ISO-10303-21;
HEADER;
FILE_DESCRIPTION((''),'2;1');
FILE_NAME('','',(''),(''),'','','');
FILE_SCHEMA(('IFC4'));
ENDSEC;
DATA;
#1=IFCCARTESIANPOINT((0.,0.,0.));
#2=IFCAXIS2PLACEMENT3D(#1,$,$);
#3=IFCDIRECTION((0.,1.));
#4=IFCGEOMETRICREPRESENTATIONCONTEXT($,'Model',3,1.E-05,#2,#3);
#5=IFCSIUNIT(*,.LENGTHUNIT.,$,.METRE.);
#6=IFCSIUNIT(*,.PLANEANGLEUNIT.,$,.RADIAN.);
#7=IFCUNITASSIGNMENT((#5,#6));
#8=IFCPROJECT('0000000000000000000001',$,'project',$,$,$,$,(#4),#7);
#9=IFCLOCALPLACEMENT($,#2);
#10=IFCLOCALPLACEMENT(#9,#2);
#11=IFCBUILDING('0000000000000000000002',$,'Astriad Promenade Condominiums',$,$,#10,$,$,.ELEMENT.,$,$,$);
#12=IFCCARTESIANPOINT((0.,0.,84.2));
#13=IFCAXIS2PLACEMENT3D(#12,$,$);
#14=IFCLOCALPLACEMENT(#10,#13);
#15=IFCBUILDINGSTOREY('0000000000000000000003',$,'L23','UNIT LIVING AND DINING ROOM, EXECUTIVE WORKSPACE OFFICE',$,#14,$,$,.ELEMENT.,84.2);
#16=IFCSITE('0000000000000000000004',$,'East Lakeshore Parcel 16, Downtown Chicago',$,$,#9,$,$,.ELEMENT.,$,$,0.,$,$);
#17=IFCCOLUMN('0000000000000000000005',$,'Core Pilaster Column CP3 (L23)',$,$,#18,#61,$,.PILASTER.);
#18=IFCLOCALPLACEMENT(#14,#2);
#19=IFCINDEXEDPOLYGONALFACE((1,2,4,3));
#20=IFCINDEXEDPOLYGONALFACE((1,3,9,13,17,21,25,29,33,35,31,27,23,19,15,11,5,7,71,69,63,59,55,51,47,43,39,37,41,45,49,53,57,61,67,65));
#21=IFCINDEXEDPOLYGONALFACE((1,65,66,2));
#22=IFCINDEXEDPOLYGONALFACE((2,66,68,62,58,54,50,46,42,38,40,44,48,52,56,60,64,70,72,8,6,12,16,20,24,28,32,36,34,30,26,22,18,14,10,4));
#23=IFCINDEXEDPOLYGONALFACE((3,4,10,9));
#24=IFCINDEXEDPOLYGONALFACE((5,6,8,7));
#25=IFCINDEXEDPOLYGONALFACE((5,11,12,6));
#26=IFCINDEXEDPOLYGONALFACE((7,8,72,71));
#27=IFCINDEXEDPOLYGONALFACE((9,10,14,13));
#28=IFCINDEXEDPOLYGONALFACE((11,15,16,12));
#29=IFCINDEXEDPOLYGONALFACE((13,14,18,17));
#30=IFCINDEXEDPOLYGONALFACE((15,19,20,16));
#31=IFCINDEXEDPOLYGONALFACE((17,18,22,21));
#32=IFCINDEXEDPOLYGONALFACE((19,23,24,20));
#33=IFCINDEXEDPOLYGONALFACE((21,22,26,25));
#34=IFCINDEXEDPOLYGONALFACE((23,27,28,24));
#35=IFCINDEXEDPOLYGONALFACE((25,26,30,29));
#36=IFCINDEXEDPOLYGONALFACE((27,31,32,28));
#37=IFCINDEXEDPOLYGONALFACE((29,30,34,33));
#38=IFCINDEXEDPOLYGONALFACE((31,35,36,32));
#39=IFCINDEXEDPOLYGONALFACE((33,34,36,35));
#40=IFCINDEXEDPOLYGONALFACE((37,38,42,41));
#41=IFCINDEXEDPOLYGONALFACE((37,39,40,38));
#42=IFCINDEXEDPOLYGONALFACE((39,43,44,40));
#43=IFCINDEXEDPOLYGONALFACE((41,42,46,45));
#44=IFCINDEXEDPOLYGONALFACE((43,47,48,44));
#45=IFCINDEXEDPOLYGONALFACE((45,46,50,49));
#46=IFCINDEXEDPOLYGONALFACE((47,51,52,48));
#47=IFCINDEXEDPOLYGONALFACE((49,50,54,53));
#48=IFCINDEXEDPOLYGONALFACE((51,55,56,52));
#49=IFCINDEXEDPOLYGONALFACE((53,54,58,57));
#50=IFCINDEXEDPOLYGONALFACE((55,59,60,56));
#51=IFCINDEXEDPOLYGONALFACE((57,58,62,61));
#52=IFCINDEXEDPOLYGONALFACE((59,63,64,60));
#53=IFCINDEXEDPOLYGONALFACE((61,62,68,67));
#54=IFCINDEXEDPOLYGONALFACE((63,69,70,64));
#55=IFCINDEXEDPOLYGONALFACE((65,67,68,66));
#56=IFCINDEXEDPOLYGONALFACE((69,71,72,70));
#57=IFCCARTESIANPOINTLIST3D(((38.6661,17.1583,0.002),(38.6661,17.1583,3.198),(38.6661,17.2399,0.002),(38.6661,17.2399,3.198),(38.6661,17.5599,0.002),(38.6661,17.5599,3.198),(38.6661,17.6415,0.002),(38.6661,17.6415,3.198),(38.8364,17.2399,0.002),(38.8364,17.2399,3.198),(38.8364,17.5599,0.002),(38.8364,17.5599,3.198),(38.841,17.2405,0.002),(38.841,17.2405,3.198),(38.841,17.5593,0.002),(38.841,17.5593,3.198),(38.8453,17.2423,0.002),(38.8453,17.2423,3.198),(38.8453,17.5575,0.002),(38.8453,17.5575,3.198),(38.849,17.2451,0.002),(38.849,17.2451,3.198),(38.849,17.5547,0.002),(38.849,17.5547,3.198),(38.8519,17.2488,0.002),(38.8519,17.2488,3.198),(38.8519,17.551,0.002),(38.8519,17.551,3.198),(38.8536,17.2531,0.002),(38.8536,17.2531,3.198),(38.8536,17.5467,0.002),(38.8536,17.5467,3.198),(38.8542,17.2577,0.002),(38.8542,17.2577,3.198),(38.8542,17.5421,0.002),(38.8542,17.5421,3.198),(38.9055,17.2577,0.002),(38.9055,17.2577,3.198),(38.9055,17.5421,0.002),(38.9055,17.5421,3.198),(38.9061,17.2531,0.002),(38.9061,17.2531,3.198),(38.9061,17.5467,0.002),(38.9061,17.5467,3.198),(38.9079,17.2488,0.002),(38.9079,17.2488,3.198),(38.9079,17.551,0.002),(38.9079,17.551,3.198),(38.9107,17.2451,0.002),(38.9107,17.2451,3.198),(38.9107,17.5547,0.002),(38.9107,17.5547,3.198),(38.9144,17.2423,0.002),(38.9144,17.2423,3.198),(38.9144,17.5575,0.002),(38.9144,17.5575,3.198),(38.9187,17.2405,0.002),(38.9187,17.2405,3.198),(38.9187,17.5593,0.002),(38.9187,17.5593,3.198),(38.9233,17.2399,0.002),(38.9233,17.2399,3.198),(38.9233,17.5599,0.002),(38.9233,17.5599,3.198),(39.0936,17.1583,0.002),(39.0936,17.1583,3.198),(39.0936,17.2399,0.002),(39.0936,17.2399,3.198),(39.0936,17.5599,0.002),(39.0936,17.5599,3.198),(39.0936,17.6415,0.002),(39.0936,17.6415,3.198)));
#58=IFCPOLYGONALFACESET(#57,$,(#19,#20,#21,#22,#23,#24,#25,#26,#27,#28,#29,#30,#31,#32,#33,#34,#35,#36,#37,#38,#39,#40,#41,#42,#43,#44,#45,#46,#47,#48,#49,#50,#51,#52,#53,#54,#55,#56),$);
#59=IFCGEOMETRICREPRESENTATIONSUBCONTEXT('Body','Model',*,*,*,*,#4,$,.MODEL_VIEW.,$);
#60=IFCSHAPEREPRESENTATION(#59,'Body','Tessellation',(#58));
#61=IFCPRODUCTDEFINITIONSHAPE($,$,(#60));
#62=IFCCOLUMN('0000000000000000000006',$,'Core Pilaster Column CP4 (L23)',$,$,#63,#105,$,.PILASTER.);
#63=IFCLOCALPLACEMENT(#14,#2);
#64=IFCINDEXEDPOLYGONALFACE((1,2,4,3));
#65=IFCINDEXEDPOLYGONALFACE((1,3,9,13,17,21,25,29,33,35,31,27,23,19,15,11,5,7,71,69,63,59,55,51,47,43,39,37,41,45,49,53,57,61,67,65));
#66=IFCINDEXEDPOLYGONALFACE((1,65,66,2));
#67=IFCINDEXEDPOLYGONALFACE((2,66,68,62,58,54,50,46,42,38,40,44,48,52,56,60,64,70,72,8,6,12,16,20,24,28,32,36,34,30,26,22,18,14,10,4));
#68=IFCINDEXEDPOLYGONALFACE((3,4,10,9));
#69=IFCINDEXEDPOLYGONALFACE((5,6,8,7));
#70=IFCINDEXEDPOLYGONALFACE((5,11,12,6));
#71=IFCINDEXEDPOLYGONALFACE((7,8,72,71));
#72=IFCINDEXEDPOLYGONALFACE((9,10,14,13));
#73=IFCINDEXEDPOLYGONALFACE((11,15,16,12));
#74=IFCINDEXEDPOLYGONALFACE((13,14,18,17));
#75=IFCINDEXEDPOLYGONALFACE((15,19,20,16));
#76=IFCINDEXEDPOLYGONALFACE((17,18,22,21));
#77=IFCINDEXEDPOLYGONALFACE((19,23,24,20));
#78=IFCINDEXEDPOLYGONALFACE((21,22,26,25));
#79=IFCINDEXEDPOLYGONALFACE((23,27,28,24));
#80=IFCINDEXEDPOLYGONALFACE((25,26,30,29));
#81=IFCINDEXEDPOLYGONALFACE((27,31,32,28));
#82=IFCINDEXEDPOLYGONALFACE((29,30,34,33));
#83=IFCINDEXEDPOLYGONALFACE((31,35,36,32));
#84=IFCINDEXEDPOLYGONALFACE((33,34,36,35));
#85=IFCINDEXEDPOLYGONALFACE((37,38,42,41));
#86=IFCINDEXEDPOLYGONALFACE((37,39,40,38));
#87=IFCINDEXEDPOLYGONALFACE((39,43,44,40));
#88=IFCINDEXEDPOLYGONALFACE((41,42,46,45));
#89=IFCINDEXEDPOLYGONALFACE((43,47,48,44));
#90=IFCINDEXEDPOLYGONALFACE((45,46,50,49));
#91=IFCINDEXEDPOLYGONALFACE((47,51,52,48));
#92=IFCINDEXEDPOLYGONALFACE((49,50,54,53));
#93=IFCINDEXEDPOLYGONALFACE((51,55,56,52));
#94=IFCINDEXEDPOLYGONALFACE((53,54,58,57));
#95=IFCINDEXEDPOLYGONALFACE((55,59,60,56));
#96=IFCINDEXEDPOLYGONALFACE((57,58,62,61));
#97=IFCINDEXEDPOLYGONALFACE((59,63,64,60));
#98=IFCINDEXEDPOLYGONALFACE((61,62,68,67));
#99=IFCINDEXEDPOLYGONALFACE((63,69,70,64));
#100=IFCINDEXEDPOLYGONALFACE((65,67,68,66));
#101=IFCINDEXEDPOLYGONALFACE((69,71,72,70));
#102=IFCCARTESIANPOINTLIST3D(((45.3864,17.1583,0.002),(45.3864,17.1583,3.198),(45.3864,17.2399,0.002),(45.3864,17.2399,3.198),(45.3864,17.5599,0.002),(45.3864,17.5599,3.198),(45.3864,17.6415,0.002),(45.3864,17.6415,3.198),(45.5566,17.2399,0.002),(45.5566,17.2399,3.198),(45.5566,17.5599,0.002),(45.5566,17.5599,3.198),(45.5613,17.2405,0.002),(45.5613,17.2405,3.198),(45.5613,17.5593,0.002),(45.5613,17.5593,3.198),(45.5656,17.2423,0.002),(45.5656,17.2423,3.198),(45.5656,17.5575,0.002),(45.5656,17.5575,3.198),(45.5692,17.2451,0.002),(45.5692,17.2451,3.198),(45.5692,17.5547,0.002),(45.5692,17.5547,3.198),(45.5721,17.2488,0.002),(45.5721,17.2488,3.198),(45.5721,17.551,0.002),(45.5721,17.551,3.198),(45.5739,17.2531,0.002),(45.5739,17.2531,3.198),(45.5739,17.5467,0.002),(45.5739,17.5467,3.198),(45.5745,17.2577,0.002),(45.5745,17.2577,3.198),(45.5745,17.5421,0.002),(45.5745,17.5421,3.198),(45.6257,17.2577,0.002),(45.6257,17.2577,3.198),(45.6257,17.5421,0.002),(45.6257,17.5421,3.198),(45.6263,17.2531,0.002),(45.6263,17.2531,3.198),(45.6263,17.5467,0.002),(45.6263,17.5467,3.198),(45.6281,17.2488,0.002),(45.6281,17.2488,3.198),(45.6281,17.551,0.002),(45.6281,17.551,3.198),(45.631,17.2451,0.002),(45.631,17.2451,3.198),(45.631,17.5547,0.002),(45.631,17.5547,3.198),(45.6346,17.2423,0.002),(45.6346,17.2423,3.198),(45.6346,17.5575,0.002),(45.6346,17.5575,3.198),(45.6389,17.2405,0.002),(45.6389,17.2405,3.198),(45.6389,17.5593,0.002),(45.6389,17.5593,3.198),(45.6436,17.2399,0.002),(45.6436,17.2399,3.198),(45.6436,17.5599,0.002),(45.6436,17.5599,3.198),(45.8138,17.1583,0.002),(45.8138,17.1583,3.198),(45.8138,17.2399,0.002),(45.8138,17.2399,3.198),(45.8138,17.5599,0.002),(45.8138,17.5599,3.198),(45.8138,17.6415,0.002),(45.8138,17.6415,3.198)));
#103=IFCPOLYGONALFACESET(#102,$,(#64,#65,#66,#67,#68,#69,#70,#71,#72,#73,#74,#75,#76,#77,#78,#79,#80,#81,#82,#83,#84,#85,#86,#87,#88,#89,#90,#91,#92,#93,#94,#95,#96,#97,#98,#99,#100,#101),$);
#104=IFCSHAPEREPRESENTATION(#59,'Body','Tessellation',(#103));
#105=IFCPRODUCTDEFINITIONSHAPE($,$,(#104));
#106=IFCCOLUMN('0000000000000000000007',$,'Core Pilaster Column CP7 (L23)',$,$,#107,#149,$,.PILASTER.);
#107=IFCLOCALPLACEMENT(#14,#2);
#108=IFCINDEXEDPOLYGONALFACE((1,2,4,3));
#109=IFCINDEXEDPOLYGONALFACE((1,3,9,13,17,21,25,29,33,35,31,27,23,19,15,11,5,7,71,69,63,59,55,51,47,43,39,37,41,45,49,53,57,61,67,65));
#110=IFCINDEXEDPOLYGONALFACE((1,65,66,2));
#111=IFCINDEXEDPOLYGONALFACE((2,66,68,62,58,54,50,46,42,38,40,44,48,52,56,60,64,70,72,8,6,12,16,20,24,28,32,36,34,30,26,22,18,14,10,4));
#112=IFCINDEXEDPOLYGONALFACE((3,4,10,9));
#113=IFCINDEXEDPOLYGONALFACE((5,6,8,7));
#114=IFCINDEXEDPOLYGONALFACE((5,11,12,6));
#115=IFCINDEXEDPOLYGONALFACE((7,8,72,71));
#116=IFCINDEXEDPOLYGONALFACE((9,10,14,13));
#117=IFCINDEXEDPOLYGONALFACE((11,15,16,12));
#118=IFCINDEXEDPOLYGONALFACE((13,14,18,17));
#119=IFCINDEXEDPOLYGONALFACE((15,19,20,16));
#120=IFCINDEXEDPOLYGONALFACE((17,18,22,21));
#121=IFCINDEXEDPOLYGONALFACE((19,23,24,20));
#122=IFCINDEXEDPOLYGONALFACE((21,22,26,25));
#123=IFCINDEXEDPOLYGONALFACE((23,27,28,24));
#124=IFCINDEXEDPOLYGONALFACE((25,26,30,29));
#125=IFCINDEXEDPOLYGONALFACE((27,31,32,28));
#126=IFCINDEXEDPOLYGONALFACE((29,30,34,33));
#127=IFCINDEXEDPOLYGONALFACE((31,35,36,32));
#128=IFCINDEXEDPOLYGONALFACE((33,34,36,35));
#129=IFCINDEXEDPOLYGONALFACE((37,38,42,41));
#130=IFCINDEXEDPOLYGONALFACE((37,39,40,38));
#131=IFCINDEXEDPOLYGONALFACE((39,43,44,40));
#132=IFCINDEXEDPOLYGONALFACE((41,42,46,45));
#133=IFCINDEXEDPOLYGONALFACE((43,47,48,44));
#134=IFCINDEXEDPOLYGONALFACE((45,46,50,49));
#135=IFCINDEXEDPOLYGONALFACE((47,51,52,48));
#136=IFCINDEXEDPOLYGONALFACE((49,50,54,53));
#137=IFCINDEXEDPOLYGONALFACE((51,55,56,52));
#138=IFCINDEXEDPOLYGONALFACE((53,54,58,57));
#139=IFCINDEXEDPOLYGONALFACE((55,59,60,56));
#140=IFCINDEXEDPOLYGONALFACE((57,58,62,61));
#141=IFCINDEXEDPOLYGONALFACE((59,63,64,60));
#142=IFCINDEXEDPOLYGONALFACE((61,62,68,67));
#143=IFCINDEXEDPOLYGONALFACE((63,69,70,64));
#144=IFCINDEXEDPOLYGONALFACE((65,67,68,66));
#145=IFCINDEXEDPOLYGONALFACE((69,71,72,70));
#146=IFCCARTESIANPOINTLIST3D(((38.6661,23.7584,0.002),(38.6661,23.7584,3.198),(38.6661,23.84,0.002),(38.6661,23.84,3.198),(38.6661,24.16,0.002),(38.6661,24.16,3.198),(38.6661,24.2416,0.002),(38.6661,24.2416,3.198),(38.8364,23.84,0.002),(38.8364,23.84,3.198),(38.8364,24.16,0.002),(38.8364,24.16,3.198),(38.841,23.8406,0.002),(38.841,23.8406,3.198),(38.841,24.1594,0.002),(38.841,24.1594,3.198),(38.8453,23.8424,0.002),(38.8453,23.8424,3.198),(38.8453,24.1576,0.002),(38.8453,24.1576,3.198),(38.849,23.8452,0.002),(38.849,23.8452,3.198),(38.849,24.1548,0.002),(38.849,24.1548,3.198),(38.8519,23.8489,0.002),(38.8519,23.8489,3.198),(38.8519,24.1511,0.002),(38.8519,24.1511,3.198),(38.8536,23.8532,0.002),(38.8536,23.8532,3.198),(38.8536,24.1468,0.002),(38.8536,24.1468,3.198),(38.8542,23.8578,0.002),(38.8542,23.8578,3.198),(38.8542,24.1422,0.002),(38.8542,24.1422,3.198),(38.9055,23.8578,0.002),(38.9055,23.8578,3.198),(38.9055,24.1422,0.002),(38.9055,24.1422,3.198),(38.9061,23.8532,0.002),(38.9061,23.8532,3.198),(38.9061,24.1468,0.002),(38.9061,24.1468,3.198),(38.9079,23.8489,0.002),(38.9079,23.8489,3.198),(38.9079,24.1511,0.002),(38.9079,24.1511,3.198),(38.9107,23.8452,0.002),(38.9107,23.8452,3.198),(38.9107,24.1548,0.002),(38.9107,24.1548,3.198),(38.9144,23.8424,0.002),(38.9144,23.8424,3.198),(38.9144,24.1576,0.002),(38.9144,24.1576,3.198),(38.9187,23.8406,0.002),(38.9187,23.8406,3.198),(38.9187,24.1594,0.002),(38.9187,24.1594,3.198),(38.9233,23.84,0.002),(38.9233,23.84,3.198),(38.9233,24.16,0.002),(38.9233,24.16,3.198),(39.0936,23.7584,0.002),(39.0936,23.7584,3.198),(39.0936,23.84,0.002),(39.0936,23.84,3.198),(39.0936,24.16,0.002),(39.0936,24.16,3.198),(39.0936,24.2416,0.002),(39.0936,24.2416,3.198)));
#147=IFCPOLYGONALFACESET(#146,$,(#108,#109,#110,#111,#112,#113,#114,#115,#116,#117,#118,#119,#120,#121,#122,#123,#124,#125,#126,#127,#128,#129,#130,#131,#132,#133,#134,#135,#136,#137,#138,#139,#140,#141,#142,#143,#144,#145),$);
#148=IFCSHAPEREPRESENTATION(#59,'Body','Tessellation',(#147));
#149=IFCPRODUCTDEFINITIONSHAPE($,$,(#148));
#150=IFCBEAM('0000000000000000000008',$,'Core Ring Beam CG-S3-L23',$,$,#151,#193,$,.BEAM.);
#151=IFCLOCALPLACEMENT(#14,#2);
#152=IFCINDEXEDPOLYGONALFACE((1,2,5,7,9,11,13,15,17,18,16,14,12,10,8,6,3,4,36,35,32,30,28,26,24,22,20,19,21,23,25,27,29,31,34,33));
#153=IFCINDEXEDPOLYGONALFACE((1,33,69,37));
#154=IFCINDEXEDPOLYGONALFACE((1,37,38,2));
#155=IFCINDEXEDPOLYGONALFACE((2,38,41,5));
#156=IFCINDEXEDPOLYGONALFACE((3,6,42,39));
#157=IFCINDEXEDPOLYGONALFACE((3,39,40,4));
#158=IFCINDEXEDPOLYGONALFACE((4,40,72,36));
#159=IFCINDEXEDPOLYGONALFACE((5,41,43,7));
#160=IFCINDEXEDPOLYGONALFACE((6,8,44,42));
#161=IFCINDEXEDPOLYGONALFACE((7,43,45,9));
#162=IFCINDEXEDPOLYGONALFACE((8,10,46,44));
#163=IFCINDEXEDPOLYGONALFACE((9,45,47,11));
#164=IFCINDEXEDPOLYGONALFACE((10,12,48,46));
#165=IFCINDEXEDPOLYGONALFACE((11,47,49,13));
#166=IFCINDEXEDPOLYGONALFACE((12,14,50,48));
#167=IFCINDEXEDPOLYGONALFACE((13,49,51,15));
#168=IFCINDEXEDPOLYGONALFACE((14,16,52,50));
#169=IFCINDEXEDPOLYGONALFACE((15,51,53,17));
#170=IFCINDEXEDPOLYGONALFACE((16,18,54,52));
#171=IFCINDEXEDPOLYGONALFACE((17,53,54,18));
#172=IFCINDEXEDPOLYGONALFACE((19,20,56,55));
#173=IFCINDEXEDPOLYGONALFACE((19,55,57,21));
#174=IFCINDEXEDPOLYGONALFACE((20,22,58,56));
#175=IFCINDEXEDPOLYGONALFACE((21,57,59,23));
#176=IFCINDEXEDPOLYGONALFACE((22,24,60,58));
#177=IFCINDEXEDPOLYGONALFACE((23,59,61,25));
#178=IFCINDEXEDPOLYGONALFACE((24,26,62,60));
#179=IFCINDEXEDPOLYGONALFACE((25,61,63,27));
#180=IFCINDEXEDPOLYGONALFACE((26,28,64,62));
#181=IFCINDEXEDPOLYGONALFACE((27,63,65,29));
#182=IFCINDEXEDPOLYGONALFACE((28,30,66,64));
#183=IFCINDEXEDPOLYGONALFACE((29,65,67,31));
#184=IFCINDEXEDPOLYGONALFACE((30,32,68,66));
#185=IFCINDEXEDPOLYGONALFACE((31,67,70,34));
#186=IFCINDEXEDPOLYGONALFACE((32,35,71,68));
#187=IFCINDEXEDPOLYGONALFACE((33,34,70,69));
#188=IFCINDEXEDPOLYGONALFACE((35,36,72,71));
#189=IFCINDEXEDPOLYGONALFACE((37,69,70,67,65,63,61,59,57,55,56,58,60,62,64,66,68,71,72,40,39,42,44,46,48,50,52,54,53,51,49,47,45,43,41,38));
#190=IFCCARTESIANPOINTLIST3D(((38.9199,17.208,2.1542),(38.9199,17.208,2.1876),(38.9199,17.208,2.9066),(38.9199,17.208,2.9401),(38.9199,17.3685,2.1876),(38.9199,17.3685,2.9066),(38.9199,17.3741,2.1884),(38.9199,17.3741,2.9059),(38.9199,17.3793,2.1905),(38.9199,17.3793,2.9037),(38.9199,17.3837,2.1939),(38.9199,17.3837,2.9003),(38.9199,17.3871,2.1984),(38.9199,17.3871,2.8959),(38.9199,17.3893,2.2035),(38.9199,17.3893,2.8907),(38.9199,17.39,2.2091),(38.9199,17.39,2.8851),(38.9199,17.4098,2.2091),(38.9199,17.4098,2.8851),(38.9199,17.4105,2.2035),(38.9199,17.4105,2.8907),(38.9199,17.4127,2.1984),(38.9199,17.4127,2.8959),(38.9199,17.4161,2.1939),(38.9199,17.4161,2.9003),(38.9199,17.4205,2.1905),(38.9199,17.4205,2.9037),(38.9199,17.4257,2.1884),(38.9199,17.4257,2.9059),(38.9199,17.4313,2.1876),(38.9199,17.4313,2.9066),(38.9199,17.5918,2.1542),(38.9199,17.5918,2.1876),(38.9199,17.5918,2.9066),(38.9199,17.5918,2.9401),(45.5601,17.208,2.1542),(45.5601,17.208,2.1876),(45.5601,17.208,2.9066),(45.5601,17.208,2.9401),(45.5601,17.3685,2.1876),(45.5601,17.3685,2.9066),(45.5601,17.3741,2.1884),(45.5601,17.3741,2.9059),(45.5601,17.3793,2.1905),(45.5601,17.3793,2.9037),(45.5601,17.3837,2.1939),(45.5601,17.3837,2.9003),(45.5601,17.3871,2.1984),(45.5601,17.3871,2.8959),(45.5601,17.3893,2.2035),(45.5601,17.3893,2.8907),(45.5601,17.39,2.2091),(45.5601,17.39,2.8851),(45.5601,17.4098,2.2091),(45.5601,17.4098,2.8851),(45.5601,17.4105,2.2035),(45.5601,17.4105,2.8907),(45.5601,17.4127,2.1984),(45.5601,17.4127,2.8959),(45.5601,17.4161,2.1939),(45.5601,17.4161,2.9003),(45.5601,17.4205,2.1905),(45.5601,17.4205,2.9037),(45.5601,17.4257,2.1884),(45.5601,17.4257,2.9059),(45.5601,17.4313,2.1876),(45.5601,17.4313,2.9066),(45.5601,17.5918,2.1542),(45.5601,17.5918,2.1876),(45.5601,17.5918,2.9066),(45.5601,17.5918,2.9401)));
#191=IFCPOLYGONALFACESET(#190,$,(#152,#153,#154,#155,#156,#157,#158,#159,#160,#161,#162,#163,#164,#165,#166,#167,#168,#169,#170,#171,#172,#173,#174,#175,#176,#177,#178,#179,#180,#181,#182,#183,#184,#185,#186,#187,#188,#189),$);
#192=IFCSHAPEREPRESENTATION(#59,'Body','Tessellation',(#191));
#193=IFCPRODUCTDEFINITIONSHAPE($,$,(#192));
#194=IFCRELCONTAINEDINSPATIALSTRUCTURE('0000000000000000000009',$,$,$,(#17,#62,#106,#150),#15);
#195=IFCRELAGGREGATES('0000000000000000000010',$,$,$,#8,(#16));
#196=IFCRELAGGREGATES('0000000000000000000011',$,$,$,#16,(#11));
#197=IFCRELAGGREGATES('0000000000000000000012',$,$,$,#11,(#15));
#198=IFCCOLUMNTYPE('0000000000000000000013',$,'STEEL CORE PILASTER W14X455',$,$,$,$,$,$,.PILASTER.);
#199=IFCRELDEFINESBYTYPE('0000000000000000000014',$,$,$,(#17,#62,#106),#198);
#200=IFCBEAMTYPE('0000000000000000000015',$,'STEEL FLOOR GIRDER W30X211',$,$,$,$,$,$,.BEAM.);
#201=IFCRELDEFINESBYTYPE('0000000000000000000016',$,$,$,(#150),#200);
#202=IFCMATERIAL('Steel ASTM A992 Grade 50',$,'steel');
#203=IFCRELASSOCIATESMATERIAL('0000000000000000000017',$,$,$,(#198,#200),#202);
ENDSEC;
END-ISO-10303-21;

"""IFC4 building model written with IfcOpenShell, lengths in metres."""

from ifc_helpers import new_model, si_unit, direction, frame, origin, origin_2d, place, context, subcontext, project, spatial, i_section, extrude, source, transform, mapped, material, material_profile, profile_set, type_object, type_shapes, element, save


model = new_model("IFC4")

# Units and contexts
model_context = context("Model", 3, precision=1e-05, world=origin(), true_north=direction((0.0, 1.0)))
body_context = subcontext(model_context, "Body", "Model", "MODEL_VIEW")
ifc_project = project(units=[si_unit("LENGTHUNIT", "METRE"), si_unit("PLANEANGLEUNIT", "RADIAN")], contexts=[model_context])

# Site, building, storey
site_placement = place(None, origin())
site = spatial("IfcSite", under=ifc_project, at=site_placement, Name="East Lakeshore Parcel 16, Downtown Chicago", CompositionType="ELEMENT", RefElevation=0.0)
building_placement = place(site_placement, origin())
building = spatial("IfcBuilding", under=site, at=building_placement, Name="Astriad Promenade Condominiums", CompositionType="ELEMENT")
storey_placement = place(building_placement, frame((0.0, 0.0, 84.2)))
storey = spatial("IfcBuildingStorey", under=building, at=storey_placement, Name="L23", Description="UNIT LIVING AND DINING ROOM, EXECUTIVE WORKSPACE OFFICE", CompositionType="ELEMENT", Elevation=84.2)

# Columns
ifc_material_1 = material(Name="Steel ASTM A992 Grade 50", Category="steel")
ifc_material_profile_1 = material_profile(ifc_material_1, i_section(OverallWidth=0.4275, OverallDepth=0.4832, WebThickness=0.0513, FlangeThickness=0.0815, FilletRadius=0.0178, at=origin_2d()), Name="W14X455")
ifc_profile_set_1 = profile_set([ifc_material_profile_1], Name="Steel ASTM A992 Grade 50")
column_type = type_object("IfcColumnType", Name="STEEL CORE PILASTER W14X455", PredefinedType="PILASTER", material=ifc_profile_set_1)
shared_shape_1 = source(origin(), body_context, "Body", "SweptSolid", [
    extrude(i_section(OverallWidth=0.4275, OverallDepth=0.4832, WebThickness=0.0513, FlangeThickness=0.0815, FilletRadius=0.0178, at=origin_2d()), origin(), (0.0, 0.0, 1.0), 3.196),
])
type_shapes(column_type, [shared_shape_1])
for number, where, z_axis, x_axis, name in (
    (1, (38.8799, 17.3999, 0.002), (0.0, 0.0, 1.0), (1.0, 0.0, 0.0), "Core Pilaster Column CP3 (L23)"),
    (2, (45.6001, 17.3999, 0.002), (0.0, 0.0, 1.0), (1.0, 0.0, 0.0), "Core Pilaster Column CP4 (L23)"),
    (3, (38.8799, 24.0, 0.002), (0.0, 0.0, 1.0), (1.0, 0.0, 0.0), "Core Pilaster Column CP7 (L23)"),
):
    element("IfcColumn", number, at=place(storey_placement, frame(where, z_axis=z_axis, x_axis=x_axis)), inside=storey, type_object=column_type, Name=name, PredefinedType="PILASTER", context=body_context, shape_type="MappedRepresentation", body=[
        mapped(shared_shape_1, transform((0.0, 0.0, 0.0), scale=1.0)),
    ])

# Beam
ifc_material_profile_2 = material_profile(ifc_material_1, i_section(OverallWidth=0.3838, OverallDepth=0.7859, WebThickness=0.0198, FlangeThickness=0.0334, FilletRadius=0.0215, at=origin_2d()), Name="W30X211")
ifc_profile_set_2 = profile_set([ifc_material_profile_2], Name="Steel ASTM A992 Grade 50")
beam_type_1 = type_object("IfcBeamType", Name="STEEL FLOOR GIRDER W30X211", PredefinedType="BEAM", material=ifc_profile_set_2)
shared_shape_2 = source(origin(), body_context, "Body", "SweptSolid", [
    extrude(i_section(OverallWidth=0.3838, OverallDepth=0.7859, WebThickness=0.0198, FlangeThickness=0.0334, FilletRadius=0.0215, at=origin_2d()), origin(), (0.0, 0.0, 1.0), 6.6401),
])
type_shapes(beam_type_1, [shared_shape_2])
beam_1_placement = place(storey_placement, frame((38.9199, 17.3999, 2.5471), z_axis=(1.0, 0.0, 0.0), x_axis=(0.0, 1.0, 0.0)))
element("IfcBeam", 4, at=beam_1_placement, inside=storey, type_object=beam_type_1, Name="Core Ring Beam CG-S3-L23", PredefinedType="BEAM", context=body_context, shape_type="MappedRepresentation", body=[
    mapped(shared_shape_2, transform((0.0, 0.0, 0.0), scale=1.0)),
])

save(model, "model.ifc")
